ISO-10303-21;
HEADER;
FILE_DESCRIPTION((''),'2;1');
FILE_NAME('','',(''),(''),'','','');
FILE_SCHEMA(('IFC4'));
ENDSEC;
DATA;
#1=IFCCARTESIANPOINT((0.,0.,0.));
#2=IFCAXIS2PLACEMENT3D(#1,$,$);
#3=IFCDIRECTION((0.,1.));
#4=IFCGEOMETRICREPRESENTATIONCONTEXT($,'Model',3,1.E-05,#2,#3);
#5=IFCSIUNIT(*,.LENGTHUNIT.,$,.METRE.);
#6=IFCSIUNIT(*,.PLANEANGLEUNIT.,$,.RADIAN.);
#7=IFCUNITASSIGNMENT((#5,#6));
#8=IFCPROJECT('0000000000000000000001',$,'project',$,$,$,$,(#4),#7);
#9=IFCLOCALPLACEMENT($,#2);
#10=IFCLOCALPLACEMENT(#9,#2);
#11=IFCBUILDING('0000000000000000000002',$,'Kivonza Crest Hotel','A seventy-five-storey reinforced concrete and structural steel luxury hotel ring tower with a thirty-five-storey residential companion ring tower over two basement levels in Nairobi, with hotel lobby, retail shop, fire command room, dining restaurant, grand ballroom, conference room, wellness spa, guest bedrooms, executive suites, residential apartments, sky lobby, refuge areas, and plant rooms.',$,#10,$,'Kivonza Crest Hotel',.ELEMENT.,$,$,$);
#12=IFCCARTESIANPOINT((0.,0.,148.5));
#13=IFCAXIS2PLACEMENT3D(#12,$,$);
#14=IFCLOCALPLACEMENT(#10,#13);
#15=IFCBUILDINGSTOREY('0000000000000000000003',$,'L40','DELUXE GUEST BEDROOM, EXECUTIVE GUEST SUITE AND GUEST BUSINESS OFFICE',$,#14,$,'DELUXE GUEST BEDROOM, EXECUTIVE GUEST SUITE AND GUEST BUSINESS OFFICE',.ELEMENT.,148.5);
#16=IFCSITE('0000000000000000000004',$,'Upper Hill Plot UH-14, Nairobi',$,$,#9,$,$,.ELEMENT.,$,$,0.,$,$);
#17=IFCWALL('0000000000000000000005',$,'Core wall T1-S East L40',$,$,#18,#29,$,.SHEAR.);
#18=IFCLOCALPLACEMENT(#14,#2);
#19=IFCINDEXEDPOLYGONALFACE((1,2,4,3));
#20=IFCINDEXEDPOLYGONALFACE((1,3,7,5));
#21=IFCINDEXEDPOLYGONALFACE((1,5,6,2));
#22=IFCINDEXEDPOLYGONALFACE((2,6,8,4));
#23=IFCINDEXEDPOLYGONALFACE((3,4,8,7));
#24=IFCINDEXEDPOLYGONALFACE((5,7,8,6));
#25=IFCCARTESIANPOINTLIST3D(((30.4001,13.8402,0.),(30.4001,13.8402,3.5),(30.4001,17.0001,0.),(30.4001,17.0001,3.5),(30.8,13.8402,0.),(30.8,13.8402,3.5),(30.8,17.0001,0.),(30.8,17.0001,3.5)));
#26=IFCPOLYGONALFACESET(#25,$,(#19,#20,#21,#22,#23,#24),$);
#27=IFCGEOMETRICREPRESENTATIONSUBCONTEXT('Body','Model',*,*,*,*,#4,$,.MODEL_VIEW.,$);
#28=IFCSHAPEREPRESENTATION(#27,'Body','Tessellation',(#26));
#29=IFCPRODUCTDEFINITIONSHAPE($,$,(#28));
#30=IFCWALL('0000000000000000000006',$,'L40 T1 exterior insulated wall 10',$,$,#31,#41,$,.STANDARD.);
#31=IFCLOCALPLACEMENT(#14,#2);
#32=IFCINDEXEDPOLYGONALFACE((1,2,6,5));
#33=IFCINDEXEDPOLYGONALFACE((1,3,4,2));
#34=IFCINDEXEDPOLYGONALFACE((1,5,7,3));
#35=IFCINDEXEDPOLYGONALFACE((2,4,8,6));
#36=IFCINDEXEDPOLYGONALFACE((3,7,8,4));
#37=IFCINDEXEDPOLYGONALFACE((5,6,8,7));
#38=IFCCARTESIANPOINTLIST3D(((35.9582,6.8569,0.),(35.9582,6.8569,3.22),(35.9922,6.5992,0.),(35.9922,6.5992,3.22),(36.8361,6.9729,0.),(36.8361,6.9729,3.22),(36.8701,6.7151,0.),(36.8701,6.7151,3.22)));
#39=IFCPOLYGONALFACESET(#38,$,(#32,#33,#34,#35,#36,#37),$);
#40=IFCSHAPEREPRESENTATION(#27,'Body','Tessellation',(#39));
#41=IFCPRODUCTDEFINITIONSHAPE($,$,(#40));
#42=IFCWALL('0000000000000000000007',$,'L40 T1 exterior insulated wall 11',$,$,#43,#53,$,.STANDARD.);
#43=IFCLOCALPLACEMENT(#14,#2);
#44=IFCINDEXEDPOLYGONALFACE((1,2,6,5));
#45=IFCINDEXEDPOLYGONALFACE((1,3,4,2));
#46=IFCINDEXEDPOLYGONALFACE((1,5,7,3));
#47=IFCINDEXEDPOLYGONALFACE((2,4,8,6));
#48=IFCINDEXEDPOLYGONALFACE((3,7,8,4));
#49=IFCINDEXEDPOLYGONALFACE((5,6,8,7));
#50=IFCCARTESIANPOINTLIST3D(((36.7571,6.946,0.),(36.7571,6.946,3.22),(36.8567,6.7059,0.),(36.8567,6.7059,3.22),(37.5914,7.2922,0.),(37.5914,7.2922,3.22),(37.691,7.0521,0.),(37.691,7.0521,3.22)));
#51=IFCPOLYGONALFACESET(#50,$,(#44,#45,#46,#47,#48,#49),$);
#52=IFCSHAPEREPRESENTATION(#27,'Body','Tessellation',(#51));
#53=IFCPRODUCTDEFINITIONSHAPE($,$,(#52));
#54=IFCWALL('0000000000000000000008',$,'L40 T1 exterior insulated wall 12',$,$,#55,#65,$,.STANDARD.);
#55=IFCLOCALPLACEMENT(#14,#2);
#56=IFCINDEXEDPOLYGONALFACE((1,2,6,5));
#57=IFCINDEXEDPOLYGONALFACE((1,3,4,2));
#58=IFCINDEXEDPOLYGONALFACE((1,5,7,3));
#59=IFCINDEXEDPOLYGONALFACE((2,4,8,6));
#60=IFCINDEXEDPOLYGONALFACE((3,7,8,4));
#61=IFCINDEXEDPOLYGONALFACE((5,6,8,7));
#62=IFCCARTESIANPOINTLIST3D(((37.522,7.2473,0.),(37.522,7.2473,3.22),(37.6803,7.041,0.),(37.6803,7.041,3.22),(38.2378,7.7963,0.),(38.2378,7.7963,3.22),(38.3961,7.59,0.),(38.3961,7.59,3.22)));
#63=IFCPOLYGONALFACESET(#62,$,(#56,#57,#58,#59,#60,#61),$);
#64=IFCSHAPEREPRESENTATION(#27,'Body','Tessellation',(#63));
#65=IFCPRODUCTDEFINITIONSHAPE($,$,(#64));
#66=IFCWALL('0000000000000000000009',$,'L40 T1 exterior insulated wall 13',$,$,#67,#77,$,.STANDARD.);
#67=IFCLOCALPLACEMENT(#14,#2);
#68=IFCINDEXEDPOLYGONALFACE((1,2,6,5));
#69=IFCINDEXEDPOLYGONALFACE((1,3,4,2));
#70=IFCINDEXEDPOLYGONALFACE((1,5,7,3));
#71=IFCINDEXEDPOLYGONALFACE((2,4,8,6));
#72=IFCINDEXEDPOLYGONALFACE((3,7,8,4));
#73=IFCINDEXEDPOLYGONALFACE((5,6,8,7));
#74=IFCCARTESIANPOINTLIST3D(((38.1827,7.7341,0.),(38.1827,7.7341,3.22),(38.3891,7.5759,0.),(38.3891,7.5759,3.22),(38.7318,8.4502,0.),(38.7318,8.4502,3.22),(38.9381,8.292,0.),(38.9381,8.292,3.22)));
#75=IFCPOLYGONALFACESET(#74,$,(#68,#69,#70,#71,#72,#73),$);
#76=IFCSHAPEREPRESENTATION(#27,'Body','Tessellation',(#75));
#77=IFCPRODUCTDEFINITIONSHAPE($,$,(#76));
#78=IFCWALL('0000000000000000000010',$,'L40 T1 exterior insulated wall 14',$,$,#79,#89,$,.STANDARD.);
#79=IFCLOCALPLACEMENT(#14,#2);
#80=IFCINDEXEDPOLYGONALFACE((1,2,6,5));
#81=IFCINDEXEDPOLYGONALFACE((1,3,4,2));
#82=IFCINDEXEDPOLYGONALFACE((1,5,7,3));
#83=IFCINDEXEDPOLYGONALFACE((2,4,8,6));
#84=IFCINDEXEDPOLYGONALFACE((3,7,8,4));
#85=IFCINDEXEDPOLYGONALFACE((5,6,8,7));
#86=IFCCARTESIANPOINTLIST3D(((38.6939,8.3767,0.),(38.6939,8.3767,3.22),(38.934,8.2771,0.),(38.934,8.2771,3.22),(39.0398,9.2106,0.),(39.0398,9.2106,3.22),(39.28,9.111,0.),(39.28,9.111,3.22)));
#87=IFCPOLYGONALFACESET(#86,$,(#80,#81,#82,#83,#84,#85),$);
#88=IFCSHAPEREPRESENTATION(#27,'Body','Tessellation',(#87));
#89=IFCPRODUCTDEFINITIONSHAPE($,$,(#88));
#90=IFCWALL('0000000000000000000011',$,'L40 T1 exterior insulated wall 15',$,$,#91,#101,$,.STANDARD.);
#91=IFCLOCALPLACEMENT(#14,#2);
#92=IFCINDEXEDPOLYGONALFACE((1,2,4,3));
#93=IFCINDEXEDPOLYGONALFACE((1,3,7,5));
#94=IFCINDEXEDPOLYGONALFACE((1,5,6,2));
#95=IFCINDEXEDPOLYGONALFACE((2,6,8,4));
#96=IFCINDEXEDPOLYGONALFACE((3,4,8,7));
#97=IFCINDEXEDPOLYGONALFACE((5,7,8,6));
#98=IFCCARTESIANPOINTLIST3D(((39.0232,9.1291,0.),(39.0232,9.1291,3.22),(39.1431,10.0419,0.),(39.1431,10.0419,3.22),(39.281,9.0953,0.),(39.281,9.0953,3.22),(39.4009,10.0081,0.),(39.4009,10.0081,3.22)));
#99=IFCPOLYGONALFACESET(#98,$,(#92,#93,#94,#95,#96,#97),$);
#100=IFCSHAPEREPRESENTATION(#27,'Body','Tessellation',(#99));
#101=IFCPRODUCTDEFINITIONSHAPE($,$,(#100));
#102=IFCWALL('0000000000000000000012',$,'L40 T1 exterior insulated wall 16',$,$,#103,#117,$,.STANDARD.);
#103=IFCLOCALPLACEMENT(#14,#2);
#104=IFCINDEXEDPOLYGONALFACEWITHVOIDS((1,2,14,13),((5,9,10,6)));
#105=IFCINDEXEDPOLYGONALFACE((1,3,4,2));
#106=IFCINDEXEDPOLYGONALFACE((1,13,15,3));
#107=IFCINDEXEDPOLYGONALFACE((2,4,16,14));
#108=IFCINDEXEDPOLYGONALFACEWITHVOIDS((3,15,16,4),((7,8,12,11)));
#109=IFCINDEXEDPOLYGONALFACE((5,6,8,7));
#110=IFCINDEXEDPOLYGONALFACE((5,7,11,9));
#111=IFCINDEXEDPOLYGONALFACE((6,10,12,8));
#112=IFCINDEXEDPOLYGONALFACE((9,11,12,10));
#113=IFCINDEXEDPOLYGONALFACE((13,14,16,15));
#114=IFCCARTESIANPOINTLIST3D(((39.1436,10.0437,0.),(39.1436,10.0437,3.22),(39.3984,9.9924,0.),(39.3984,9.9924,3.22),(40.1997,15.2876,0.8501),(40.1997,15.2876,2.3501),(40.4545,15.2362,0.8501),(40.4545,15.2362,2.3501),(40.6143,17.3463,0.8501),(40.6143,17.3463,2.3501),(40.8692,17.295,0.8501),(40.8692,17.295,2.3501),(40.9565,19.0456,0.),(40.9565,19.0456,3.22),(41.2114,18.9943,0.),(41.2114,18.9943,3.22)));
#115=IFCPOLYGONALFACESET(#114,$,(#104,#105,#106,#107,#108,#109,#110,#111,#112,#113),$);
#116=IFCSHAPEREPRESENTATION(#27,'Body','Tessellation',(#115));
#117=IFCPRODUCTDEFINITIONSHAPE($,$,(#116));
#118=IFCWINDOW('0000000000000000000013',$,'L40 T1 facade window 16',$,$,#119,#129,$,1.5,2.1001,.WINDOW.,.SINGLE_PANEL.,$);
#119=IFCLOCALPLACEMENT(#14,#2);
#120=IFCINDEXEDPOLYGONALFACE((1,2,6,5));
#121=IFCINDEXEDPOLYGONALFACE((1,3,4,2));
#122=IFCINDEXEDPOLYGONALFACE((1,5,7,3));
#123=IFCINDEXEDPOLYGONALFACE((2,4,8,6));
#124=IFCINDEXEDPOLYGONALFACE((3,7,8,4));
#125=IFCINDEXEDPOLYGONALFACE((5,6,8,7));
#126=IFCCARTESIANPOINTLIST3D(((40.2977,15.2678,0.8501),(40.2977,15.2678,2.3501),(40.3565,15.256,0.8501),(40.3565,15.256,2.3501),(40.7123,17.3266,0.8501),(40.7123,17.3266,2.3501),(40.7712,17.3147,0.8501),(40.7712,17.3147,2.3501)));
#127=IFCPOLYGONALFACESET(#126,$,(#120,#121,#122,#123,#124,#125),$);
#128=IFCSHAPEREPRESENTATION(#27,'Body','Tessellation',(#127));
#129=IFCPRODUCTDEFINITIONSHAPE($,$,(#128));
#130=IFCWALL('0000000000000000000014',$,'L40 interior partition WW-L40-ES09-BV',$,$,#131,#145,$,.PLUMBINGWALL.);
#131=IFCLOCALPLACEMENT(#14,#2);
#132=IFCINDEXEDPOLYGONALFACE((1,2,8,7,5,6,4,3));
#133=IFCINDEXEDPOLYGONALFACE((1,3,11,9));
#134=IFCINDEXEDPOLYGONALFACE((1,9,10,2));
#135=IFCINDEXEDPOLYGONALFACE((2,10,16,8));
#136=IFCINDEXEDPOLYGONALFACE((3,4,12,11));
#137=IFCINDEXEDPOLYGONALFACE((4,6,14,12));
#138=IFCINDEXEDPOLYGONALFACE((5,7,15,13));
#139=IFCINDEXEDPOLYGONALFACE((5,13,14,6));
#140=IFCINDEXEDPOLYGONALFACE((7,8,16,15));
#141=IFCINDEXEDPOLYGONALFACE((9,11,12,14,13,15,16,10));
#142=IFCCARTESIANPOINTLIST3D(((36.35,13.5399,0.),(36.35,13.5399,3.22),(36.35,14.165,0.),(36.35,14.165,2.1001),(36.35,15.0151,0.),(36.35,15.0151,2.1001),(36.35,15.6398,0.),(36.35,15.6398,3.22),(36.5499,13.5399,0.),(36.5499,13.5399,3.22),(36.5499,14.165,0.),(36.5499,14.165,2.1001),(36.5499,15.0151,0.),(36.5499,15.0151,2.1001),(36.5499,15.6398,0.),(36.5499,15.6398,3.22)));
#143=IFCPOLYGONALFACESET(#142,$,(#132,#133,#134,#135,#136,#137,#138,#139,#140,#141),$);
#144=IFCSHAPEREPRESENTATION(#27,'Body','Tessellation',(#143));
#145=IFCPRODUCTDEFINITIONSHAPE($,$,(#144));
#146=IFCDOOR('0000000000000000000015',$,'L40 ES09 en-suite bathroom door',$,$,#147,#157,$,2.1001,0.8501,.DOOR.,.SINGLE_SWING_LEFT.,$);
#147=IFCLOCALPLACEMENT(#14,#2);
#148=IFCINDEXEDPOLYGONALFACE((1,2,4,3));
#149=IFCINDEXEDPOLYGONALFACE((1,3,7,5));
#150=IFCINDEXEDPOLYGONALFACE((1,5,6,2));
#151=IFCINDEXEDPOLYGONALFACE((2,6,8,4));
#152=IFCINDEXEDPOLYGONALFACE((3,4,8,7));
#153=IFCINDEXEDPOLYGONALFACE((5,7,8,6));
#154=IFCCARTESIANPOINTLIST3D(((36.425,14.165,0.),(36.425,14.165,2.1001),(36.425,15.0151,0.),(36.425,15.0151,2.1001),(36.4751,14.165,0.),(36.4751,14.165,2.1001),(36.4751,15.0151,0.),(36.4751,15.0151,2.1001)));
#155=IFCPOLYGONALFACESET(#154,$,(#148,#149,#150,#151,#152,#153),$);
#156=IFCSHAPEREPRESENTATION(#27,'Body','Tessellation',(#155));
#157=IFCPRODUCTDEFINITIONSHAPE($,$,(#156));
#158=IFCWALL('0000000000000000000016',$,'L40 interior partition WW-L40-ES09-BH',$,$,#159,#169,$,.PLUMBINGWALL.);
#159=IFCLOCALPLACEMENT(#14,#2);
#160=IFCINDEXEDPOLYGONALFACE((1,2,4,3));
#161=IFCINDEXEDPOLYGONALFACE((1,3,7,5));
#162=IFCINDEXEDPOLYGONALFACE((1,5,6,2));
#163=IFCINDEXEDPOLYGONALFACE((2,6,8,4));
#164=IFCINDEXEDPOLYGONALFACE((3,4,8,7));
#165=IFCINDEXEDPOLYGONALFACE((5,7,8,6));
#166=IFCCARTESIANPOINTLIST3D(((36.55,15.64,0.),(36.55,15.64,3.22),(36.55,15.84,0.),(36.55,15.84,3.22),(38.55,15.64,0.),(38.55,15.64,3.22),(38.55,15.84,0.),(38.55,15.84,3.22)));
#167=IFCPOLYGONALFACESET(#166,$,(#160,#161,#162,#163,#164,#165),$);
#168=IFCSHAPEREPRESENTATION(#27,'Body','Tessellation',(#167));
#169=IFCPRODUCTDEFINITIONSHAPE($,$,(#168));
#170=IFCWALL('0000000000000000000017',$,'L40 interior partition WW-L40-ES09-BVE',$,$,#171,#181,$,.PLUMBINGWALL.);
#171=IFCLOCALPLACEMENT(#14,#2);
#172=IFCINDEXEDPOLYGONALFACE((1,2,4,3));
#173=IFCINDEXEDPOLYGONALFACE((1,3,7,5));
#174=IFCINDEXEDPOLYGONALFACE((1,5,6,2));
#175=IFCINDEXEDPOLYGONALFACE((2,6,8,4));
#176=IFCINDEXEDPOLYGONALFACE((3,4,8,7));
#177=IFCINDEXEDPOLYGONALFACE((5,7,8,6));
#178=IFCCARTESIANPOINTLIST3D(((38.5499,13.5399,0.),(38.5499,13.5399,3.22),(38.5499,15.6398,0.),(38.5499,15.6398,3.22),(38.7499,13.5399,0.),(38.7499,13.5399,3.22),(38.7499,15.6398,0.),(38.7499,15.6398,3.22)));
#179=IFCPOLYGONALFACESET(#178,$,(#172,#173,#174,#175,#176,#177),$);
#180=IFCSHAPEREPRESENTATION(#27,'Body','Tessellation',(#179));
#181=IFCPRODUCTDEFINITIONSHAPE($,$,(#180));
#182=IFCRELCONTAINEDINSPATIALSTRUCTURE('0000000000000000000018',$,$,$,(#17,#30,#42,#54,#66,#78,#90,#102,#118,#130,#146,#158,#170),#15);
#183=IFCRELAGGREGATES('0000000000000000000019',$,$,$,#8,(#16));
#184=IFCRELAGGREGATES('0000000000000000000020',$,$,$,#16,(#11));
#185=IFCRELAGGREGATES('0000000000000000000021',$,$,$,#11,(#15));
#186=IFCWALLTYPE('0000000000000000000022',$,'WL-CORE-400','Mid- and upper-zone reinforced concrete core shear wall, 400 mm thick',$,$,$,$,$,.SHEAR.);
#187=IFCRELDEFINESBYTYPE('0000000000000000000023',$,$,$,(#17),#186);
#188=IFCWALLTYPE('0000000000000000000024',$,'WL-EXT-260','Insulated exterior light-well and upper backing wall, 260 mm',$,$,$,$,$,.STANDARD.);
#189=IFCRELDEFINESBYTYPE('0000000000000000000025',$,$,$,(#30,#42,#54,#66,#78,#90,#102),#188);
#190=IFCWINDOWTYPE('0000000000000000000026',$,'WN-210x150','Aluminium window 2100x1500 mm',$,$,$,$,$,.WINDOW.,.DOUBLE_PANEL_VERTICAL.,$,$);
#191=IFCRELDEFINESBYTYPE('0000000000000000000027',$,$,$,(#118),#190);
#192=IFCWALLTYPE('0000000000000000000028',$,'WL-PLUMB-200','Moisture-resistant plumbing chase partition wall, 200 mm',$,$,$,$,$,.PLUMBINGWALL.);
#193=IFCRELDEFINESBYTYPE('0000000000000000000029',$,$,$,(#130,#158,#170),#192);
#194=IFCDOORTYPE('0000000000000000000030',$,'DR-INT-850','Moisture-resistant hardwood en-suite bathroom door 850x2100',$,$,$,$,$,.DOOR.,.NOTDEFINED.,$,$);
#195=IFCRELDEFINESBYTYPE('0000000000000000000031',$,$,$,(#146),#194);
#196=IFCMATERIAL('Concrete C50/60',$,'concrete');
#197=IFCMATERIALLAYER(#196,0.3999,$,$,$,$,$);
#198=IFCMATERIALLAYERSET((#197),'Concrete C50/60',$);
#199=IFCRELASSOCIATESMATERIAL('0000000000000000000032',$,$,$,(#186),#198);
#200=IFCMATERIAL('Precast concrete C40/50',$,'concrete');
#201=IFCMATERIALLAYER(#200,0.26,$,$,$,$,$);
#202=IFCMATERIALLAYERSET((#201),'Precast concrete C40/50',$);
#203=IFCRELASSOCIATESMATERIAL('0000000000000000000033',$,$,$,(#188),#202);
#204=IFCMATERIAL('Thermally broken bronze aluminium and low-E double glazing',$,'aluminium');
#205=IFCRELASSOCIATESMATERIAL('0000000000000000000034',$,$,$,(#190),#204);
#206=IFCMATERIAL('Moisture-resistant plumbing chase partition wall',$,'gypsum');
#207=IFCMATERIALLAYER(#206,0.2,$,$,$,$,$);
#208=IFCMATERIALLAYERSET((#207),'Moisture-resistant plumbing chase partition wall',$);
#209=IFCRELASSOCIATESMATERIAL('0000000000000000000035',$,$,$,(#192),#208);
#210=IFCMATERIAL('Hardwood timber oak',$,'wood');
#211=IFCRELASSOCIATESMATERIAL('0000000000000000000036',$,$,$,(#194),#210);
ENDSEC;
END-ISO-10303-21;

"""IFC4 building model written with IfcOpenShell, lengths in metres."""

from ifc_helpers import new_model, si_unit, direction, frame, frame_2d, origin, place, context, subcontext, project, spatial, rectangle, extrude, material, layer, layer_set, type_object, element, fill, save


model = new_model("IFC4")

# Units and contexts
model_context = context("Model", 3, precision=1e-05, world=origin(), true_north=direction((0.0, 1.0)))
body_context = subcontext(model_context, "Body", "Model", "MODEL_VIEW")
ifc_project = project(units=[si_unit("LENGTHUNIT", "METRE"), si_unit("PLANEANGLEUNIT", "RADIAN")], contexts=[model_context])

# Site, building, storey
site_placement = place(None, origin())
site = spatial("IfcSite", under=ifc_project, at=site_placement, Name="Upper Hill Plot UH-14, Nairobi", CompositionType="ELEMENT", RefElevation=0.0)
building_placement = place(site_placement, origin())
building = spatial("IfcBuilding", under=site, at=building_placement, Name="Kivonza Crest Hotel", Description="A seventy-five-storey reinforced concrete and structural steel luxury hotel ring tower with a thirty-five-storey residential companion ring tower over two basement levels in Nairobi, with hotel lobby, retail shop, fire command room, dining restaurant, grand ballroom, conference room, wellness spa, guest bedrooms, executive suites, residential apartments, sky lobby, refuge areas, and plant rooms.", LongName="Kivonza Crest Hotel", CompositionType="ELEMENT")
storey_placement = place(building_placement, frame((0.0, 0.0, 148.5)))
storey = spatial("IfcBuildingStorey", under=building, at=storey_placement, Name="L40", Description="DELUXE GUEST BEDROOM, EXECUTIVE GUEST SUITE AND GUEST BUSINESS OFFICE", LongName="DELUXE GUEST BEDROOM, EXECUTIVE GUEST SUITE AND GUEST BUSINESS OFFICE", CompositionType="ELEMENT", Elevation=148.5)

# Shared definitions
ifc_material_1 = material(Name="Concrete C50/60", Category="concrete")

# Shared definitions
ifc_material_2 = material(Name="Hardwood timber oak", Category="wood")

# Walls
ifc_layer_1 = layer(ifc_material_1, 0.3999)
ifc_layer_set_1 = layer_set([ifc_layer_1], Name="Concrete C50/60")
wall_type_1 = type_object("IfcWallType", Name="WL-CORE-400", Description="Mid- and upper-zone reinforced concrete core shear wall, 400 mm thick", PredefinedType="SHEAR", material=ifc_layer_set_1)
wall_1_placement = place(storey_placement, frame((30.6001, 13.8401, 0.0), z_axis=(0.0, 0.0, 1.0), x_axis=(0.0, 1.0, 0.0)))
element("IfcWall", 1, at=wall_1_placement, inside=storey, type_object=wall_type_1, Name="Core wall T1-S East L40", PredefinedType="SHEAR", context=body_context, shape_type="SweptSolid", body=[
    extrude(rectangle(XDim=3.1599, YDim=0.3999, at=frame_2d((1.5801, 0.0))), origin(), (0.0, 0.0, 1.0), 3.5),
])
ifc_material_3 = material(Name="Precast concrete C40/50", Category="concrete")
ifc_layer_2 = layer(ifc_material_3, 0.26)
ifc_layer_set_2 = layer_set([ifc_layer_2], Name="Precast concrete C40/50")
wall_type_2 = type_object("IfcWallType", Name="WL-EXT-260", Description="Insulated exterior light-well and upper backing wall, 260 mm", PredefinedType="STANDARD", material=ifc_layer_set_2)
wall_2_placement = place(storey_placement, frame((35.9751, 6.728, 0.0), z_axis=(0.0, 0.0, 1.0), x_axis=(0.991388, 0.130954, 0.0)))
element("IfcWall", 2, at=wall_2_placement, inside=storey, type_object=wall_type_2, Name="L40 T1 exterior insulated wall 10", PredefinedType="STANDARD", context=body_context, shape_type="SweptSolid", body=[
    extrude(rectangle(XDim=0.8855, YDim=0.26, at=frame_2d((0.4429, 0.0))), origin(), (0.0, 0.0, 1.0), 3.22),
])
wall_3_placement = place(storey_placement, frame((36.8069, 6.8259, 0.0), z_axis=(0.0, 0.0, 1.0), x_axis=(0.923628, 0.383291, 0.0)))
element("IfcWall", 3, at=wall_3_placement, inside=storey, type_object=wall_type_2, Name="L40 T1 exterior insulated wall 11", PredefinedType="STANDARD", context=body_context, shape_type="SweptSolid", body=[
    extrude(rectangle(XDim=0.9033, YDim=0.26, at=frame_2d((0.4517, 0.0))), origin(), (0.0, 0.0, 1.0), 3.22),
])
wall_4_placement = place(storey_placement, frame((37.6011, 7.144, 0.0), z_axis=(0.0, 0.0, 1.0), x_axis=(0.793458, 0.608625, 0.0)))
element("IfcWall", 4, at=wall_4_placement, inside=storey, type_object=wall_type_2, Name="L40 T1 exterior insulated wall 12", PredefinedType="STANDARD", context=body_context, shape_type="SweptSolid", body=[
    extrude(rectangle(XDim=0.9021, YDim=0.26, at=frame_2d((0.4512, 0.0))), origin(), (0.0, 0.0, 1.0), 3.22),
])
wall_5_placement = place(storey_placement, frame((38.2859, 7.655, 0.0), z_axis=(0.0, 0.0, 1.0), x_axis=(0.608494, 0.793558, 0.0)))
element("IfcWall", 5, at=wall_5_placement, inside=storey, type_object=wall_type_2, Name="L40 T1 exterior insulated wall 13", PredefinedType="STANDARD", context=body_context, shape_type="SweptSolid", body=[
    extrude(rectangle(XDim=0.9023, YDim=0.26, at=frame_2d((0.4512, 0.0))), origin(), (0.0, 0.0, 1.0), 3.22),
])
wall_6_placement = place(storey_placement, frame((38.814, 8.3269, 0.0), z_axis=(0.0, 0.0, 1.0), x_axis=(0.383156, 0.923684, 0.0)))
element("IfcWall", 6, at=wall_6_placement, inside=storey, type_object=wall_type_2, Name="L40 T1 exterior insulated wall 14", PredefinedType="STANDARD", context=body_context, shape_type="SweptSolid", body=[
    extrude(rectangle(XDim=0.9028, YDim=0.26, at=frame_2d((0.4514, 0.0))), origin(), (0.0, 0.0, 1.0), 3.22),
])
wall_7_placement = place(storey_placement, frame((39.1521, 9.1121, 0.0), z_axis=(0.0, 0.0, 1.0), x_axis=(0.130201, 0.991488, 0.0)))
element("IfcWall", 7, at=wall_7_placement, inside=storey, type_object=wall_type_2, Name="L40 T1 exterior insulated wall 15", PredefinedType="STANDARD", context=body_context, shape_type="SweptSolid", body=[
    extrude(rectangle(XDim=0.9207, YDim=0.26, at=frame_2d((0.4604, 0.0))), origin(), (0.0, 0.0, 1.0), 3.22),
])

# Wall, opening, window
wall_8_placement = place(storey_placement, frame((39.271, 10.0181, 0.0), z_axis=(0.0, 0.0, 1.0), x_axis=(0.197435, 0.980316, 0.0)))
wall_8 = element("IfcWall", 8, at=wall_8_placement, inside=storey, type_object=wall_type_2, Name="L40 T1 exterior insulated wall 16", PredefinedType="STANDARD", context=body_context, shape_type="SweptSolid", body=[
    extrude(rectangle(XDim=9.1826, YDim=0.26, at=frame_2d((4.5913, 0.0))), origin(), (0.0, 0.0, 1.0), 3.22),
])
opening_1_placement = place(wall_8_placement, frame((5.3491, 0.0, 0.8501)))
opening_1 = element("IfcOpeningElement", 9, at=opening_1_placement, cuts=wall_8, PredefinedType="OPENING", context=body_context, shape_type="SweptSolid", body=[
    extrude(rectangle(XDim=2.1001, YDim=1.5, at=frame_2d((1.05, 0.75))), frame((0.0, 0.1401, 0.0), z_axis=(0.0, -1.0, 0.0), x_axis=(1.0, 0.0, 0.0)), (0.0, 0.0, 1.0), 0.28),
])
ifc_material_4 = material(Name="Thermally broken bronze aluminium and low-E double glazing", Category="aluminium")
window_type = type_object("IfcWindowType", Name="WN-210x150", Description="Aluminium window 2100x1500 mm", PartitioningType="DOUBLE_PANEL_VERTICAL", PredefinedType="WINDOW", material=ifc_material_4)
window_placement = place(opening_1_placement, origin())
window = element("IfcWindow", 10, at=window_placement, inside=storey, type_object=window_type, Name="L40 T1 facade window 16", OverallHeight=1.5, OverallWidth=2.1001, PartitioningType="SINGLE_PANEL", PredefinedType="WINDOW", context=body_context, shape_type="SweptSolid", body=[
    extrude(rectangle(XDim=2.1001, YDim=1.5, at=frame_2d((1.05, 0.75))), frame((0.0, 0.03, 0.0), z_axis=(0.0, -1.0, 0.0), x_axis=(1.0, 0.0, 0.0)), (0.0, 0.0, 1.0), 0.0601),
])
fill(opening_1, window)

# Wall, opening, door
ifc_material_5 = material(Name="Moisture-resistant plumbing chase partition wall", Category="gypsum")
ifc_layer_3 = layer(ifc_material_5, 0.2)
ifc_layer_set_3 = layer_set([ifc_layer_3], Name="Moisture-resistant plumbing chase partition wall")
wall_type_3 = type_object("IfcWallType", Name="WL-PLUMB-200", Description="Moisture-resistant plumbing chase partition wall, 200 mm", PredefinedType="PLUMBINGWALL", material=ifc_layer_set_3)
wall_9_placement = place(storey_placement, frame((36.45, 13.54, 0.0), z_axis=(0.0, 0.0, 1.0), x_axis=(0.0, 1.0, 0.0)))
wall_9 = element("IfcWall", 11, at=wall_9_placement, inside=storey, type_object=wall_type_3, Name="L40 interior partition WW-L40-ES09-BV", PredefinedType="PLUMBINGWALL", context=body_context, shape_type="SweptSolid", body=[
    extrude(rectangle(XDim=2.0999, YDim=0.2, at=frame_2d((1.0498, 0.0))), origin(), (0.0, 0.0, 1.0), 3.22),
])
opening_2_placement = place(wall_9_placement, frame((0.625, 0.0, 0.0)))
opening_2 = element("IfcOpeningElement", 12, at=opening_2_placement, cuts=wall_9, PredefinedType="OPENING", context=body_context, shape_type="SweptSolid", body=[
    extrude(rectangle(XDim=0.8501, YDim=2.1001, at=frame_2d((0.425, 1.05))), frame((0.0, 0.1099, 0.0), z_axis=(0.0, -1.0, 0.0), x_axis=(1.0, 0.0, 0.0)), (0.0, 0.0, 1.0), 0.22),
])
door_type_1 = type_object("IfcDoorType", Name="DR-INT-850", Description="Moisture-resistant hardwood en-suite bathroom door 850x2100", OperationType="NOTDEFINED", PredefinedType="DOOR", material=ifc_material_2)
door_1_placement = place(opening_2_placement, origin())
door_1 = element("IfcDoor", 13, at=door_1_placement, inside=storey, type_object=door_type_1, Name="L40 ES09 en-suite bathroom door", OperationType="SINGLE_SWING_LEFT", OverallHeight=2.1001, OverallWidth=0.8501, PredefinedType="DOOR", context=body_context, shape_type="SweptSolid", body=[
    extrude(rectangle(XDim=0.8501, YDim=2.1001, at=frame_2d((0.425, 1.05))), frame((0.0, 0.0249, 0.0), z_axis=(0.0, -1.0, 0.0), x_axis=(1.0, 0.0, 0.0)), (0.0, 0.0, 1.0), 0.05),
])
fill(opening_2, door_1)

# Walls
wall_10_placement = place(storey_placement, frame((36.55, 15.74, 0.0), z_axis=(0.0, 0.0, 1.0), x_axis=(1.0, 0.0, 0.0)))
element("IfcWall", 14, at=wall_10_placement, inside=storey, type_object=wall_type_3, Name="L40 interior partition WW-L40-ES09-BH", PredefinedType="PLUMBINGWALL", context=body_context, shape_type="SweptSolid", body=[
    extrude(rectangle(XDim=2.0, YDim=0.2, at=frame_2d((1.0, 0.0))), origin(), (0.0, 0.0, 1.0), 3.22),
])
wall_11_placement = place(storey_placement, frame((38.6499, 13.54, 0.0), z_axis=(0.0, 0.0, 1.0), x_axis=(0.0, 1.0, 0.0)))
element("IfcWall", 15, at=wall_11_placement, inside=storey, type_object=wall_type_3, Name="L40 interior partition WW-L40-ES09-BVE", PredefinedType="PLUMBINGWALL", context=body_context, shape_type="SweptSolid", body=[
    extrude(rectangle(XDim=2.0999, YDim=0.2, at=frame_2d((1.0498, 0.0))), origin(), (0.0, 0.0, 1.0), 3.22),
])

save(model, "model.ifc")
